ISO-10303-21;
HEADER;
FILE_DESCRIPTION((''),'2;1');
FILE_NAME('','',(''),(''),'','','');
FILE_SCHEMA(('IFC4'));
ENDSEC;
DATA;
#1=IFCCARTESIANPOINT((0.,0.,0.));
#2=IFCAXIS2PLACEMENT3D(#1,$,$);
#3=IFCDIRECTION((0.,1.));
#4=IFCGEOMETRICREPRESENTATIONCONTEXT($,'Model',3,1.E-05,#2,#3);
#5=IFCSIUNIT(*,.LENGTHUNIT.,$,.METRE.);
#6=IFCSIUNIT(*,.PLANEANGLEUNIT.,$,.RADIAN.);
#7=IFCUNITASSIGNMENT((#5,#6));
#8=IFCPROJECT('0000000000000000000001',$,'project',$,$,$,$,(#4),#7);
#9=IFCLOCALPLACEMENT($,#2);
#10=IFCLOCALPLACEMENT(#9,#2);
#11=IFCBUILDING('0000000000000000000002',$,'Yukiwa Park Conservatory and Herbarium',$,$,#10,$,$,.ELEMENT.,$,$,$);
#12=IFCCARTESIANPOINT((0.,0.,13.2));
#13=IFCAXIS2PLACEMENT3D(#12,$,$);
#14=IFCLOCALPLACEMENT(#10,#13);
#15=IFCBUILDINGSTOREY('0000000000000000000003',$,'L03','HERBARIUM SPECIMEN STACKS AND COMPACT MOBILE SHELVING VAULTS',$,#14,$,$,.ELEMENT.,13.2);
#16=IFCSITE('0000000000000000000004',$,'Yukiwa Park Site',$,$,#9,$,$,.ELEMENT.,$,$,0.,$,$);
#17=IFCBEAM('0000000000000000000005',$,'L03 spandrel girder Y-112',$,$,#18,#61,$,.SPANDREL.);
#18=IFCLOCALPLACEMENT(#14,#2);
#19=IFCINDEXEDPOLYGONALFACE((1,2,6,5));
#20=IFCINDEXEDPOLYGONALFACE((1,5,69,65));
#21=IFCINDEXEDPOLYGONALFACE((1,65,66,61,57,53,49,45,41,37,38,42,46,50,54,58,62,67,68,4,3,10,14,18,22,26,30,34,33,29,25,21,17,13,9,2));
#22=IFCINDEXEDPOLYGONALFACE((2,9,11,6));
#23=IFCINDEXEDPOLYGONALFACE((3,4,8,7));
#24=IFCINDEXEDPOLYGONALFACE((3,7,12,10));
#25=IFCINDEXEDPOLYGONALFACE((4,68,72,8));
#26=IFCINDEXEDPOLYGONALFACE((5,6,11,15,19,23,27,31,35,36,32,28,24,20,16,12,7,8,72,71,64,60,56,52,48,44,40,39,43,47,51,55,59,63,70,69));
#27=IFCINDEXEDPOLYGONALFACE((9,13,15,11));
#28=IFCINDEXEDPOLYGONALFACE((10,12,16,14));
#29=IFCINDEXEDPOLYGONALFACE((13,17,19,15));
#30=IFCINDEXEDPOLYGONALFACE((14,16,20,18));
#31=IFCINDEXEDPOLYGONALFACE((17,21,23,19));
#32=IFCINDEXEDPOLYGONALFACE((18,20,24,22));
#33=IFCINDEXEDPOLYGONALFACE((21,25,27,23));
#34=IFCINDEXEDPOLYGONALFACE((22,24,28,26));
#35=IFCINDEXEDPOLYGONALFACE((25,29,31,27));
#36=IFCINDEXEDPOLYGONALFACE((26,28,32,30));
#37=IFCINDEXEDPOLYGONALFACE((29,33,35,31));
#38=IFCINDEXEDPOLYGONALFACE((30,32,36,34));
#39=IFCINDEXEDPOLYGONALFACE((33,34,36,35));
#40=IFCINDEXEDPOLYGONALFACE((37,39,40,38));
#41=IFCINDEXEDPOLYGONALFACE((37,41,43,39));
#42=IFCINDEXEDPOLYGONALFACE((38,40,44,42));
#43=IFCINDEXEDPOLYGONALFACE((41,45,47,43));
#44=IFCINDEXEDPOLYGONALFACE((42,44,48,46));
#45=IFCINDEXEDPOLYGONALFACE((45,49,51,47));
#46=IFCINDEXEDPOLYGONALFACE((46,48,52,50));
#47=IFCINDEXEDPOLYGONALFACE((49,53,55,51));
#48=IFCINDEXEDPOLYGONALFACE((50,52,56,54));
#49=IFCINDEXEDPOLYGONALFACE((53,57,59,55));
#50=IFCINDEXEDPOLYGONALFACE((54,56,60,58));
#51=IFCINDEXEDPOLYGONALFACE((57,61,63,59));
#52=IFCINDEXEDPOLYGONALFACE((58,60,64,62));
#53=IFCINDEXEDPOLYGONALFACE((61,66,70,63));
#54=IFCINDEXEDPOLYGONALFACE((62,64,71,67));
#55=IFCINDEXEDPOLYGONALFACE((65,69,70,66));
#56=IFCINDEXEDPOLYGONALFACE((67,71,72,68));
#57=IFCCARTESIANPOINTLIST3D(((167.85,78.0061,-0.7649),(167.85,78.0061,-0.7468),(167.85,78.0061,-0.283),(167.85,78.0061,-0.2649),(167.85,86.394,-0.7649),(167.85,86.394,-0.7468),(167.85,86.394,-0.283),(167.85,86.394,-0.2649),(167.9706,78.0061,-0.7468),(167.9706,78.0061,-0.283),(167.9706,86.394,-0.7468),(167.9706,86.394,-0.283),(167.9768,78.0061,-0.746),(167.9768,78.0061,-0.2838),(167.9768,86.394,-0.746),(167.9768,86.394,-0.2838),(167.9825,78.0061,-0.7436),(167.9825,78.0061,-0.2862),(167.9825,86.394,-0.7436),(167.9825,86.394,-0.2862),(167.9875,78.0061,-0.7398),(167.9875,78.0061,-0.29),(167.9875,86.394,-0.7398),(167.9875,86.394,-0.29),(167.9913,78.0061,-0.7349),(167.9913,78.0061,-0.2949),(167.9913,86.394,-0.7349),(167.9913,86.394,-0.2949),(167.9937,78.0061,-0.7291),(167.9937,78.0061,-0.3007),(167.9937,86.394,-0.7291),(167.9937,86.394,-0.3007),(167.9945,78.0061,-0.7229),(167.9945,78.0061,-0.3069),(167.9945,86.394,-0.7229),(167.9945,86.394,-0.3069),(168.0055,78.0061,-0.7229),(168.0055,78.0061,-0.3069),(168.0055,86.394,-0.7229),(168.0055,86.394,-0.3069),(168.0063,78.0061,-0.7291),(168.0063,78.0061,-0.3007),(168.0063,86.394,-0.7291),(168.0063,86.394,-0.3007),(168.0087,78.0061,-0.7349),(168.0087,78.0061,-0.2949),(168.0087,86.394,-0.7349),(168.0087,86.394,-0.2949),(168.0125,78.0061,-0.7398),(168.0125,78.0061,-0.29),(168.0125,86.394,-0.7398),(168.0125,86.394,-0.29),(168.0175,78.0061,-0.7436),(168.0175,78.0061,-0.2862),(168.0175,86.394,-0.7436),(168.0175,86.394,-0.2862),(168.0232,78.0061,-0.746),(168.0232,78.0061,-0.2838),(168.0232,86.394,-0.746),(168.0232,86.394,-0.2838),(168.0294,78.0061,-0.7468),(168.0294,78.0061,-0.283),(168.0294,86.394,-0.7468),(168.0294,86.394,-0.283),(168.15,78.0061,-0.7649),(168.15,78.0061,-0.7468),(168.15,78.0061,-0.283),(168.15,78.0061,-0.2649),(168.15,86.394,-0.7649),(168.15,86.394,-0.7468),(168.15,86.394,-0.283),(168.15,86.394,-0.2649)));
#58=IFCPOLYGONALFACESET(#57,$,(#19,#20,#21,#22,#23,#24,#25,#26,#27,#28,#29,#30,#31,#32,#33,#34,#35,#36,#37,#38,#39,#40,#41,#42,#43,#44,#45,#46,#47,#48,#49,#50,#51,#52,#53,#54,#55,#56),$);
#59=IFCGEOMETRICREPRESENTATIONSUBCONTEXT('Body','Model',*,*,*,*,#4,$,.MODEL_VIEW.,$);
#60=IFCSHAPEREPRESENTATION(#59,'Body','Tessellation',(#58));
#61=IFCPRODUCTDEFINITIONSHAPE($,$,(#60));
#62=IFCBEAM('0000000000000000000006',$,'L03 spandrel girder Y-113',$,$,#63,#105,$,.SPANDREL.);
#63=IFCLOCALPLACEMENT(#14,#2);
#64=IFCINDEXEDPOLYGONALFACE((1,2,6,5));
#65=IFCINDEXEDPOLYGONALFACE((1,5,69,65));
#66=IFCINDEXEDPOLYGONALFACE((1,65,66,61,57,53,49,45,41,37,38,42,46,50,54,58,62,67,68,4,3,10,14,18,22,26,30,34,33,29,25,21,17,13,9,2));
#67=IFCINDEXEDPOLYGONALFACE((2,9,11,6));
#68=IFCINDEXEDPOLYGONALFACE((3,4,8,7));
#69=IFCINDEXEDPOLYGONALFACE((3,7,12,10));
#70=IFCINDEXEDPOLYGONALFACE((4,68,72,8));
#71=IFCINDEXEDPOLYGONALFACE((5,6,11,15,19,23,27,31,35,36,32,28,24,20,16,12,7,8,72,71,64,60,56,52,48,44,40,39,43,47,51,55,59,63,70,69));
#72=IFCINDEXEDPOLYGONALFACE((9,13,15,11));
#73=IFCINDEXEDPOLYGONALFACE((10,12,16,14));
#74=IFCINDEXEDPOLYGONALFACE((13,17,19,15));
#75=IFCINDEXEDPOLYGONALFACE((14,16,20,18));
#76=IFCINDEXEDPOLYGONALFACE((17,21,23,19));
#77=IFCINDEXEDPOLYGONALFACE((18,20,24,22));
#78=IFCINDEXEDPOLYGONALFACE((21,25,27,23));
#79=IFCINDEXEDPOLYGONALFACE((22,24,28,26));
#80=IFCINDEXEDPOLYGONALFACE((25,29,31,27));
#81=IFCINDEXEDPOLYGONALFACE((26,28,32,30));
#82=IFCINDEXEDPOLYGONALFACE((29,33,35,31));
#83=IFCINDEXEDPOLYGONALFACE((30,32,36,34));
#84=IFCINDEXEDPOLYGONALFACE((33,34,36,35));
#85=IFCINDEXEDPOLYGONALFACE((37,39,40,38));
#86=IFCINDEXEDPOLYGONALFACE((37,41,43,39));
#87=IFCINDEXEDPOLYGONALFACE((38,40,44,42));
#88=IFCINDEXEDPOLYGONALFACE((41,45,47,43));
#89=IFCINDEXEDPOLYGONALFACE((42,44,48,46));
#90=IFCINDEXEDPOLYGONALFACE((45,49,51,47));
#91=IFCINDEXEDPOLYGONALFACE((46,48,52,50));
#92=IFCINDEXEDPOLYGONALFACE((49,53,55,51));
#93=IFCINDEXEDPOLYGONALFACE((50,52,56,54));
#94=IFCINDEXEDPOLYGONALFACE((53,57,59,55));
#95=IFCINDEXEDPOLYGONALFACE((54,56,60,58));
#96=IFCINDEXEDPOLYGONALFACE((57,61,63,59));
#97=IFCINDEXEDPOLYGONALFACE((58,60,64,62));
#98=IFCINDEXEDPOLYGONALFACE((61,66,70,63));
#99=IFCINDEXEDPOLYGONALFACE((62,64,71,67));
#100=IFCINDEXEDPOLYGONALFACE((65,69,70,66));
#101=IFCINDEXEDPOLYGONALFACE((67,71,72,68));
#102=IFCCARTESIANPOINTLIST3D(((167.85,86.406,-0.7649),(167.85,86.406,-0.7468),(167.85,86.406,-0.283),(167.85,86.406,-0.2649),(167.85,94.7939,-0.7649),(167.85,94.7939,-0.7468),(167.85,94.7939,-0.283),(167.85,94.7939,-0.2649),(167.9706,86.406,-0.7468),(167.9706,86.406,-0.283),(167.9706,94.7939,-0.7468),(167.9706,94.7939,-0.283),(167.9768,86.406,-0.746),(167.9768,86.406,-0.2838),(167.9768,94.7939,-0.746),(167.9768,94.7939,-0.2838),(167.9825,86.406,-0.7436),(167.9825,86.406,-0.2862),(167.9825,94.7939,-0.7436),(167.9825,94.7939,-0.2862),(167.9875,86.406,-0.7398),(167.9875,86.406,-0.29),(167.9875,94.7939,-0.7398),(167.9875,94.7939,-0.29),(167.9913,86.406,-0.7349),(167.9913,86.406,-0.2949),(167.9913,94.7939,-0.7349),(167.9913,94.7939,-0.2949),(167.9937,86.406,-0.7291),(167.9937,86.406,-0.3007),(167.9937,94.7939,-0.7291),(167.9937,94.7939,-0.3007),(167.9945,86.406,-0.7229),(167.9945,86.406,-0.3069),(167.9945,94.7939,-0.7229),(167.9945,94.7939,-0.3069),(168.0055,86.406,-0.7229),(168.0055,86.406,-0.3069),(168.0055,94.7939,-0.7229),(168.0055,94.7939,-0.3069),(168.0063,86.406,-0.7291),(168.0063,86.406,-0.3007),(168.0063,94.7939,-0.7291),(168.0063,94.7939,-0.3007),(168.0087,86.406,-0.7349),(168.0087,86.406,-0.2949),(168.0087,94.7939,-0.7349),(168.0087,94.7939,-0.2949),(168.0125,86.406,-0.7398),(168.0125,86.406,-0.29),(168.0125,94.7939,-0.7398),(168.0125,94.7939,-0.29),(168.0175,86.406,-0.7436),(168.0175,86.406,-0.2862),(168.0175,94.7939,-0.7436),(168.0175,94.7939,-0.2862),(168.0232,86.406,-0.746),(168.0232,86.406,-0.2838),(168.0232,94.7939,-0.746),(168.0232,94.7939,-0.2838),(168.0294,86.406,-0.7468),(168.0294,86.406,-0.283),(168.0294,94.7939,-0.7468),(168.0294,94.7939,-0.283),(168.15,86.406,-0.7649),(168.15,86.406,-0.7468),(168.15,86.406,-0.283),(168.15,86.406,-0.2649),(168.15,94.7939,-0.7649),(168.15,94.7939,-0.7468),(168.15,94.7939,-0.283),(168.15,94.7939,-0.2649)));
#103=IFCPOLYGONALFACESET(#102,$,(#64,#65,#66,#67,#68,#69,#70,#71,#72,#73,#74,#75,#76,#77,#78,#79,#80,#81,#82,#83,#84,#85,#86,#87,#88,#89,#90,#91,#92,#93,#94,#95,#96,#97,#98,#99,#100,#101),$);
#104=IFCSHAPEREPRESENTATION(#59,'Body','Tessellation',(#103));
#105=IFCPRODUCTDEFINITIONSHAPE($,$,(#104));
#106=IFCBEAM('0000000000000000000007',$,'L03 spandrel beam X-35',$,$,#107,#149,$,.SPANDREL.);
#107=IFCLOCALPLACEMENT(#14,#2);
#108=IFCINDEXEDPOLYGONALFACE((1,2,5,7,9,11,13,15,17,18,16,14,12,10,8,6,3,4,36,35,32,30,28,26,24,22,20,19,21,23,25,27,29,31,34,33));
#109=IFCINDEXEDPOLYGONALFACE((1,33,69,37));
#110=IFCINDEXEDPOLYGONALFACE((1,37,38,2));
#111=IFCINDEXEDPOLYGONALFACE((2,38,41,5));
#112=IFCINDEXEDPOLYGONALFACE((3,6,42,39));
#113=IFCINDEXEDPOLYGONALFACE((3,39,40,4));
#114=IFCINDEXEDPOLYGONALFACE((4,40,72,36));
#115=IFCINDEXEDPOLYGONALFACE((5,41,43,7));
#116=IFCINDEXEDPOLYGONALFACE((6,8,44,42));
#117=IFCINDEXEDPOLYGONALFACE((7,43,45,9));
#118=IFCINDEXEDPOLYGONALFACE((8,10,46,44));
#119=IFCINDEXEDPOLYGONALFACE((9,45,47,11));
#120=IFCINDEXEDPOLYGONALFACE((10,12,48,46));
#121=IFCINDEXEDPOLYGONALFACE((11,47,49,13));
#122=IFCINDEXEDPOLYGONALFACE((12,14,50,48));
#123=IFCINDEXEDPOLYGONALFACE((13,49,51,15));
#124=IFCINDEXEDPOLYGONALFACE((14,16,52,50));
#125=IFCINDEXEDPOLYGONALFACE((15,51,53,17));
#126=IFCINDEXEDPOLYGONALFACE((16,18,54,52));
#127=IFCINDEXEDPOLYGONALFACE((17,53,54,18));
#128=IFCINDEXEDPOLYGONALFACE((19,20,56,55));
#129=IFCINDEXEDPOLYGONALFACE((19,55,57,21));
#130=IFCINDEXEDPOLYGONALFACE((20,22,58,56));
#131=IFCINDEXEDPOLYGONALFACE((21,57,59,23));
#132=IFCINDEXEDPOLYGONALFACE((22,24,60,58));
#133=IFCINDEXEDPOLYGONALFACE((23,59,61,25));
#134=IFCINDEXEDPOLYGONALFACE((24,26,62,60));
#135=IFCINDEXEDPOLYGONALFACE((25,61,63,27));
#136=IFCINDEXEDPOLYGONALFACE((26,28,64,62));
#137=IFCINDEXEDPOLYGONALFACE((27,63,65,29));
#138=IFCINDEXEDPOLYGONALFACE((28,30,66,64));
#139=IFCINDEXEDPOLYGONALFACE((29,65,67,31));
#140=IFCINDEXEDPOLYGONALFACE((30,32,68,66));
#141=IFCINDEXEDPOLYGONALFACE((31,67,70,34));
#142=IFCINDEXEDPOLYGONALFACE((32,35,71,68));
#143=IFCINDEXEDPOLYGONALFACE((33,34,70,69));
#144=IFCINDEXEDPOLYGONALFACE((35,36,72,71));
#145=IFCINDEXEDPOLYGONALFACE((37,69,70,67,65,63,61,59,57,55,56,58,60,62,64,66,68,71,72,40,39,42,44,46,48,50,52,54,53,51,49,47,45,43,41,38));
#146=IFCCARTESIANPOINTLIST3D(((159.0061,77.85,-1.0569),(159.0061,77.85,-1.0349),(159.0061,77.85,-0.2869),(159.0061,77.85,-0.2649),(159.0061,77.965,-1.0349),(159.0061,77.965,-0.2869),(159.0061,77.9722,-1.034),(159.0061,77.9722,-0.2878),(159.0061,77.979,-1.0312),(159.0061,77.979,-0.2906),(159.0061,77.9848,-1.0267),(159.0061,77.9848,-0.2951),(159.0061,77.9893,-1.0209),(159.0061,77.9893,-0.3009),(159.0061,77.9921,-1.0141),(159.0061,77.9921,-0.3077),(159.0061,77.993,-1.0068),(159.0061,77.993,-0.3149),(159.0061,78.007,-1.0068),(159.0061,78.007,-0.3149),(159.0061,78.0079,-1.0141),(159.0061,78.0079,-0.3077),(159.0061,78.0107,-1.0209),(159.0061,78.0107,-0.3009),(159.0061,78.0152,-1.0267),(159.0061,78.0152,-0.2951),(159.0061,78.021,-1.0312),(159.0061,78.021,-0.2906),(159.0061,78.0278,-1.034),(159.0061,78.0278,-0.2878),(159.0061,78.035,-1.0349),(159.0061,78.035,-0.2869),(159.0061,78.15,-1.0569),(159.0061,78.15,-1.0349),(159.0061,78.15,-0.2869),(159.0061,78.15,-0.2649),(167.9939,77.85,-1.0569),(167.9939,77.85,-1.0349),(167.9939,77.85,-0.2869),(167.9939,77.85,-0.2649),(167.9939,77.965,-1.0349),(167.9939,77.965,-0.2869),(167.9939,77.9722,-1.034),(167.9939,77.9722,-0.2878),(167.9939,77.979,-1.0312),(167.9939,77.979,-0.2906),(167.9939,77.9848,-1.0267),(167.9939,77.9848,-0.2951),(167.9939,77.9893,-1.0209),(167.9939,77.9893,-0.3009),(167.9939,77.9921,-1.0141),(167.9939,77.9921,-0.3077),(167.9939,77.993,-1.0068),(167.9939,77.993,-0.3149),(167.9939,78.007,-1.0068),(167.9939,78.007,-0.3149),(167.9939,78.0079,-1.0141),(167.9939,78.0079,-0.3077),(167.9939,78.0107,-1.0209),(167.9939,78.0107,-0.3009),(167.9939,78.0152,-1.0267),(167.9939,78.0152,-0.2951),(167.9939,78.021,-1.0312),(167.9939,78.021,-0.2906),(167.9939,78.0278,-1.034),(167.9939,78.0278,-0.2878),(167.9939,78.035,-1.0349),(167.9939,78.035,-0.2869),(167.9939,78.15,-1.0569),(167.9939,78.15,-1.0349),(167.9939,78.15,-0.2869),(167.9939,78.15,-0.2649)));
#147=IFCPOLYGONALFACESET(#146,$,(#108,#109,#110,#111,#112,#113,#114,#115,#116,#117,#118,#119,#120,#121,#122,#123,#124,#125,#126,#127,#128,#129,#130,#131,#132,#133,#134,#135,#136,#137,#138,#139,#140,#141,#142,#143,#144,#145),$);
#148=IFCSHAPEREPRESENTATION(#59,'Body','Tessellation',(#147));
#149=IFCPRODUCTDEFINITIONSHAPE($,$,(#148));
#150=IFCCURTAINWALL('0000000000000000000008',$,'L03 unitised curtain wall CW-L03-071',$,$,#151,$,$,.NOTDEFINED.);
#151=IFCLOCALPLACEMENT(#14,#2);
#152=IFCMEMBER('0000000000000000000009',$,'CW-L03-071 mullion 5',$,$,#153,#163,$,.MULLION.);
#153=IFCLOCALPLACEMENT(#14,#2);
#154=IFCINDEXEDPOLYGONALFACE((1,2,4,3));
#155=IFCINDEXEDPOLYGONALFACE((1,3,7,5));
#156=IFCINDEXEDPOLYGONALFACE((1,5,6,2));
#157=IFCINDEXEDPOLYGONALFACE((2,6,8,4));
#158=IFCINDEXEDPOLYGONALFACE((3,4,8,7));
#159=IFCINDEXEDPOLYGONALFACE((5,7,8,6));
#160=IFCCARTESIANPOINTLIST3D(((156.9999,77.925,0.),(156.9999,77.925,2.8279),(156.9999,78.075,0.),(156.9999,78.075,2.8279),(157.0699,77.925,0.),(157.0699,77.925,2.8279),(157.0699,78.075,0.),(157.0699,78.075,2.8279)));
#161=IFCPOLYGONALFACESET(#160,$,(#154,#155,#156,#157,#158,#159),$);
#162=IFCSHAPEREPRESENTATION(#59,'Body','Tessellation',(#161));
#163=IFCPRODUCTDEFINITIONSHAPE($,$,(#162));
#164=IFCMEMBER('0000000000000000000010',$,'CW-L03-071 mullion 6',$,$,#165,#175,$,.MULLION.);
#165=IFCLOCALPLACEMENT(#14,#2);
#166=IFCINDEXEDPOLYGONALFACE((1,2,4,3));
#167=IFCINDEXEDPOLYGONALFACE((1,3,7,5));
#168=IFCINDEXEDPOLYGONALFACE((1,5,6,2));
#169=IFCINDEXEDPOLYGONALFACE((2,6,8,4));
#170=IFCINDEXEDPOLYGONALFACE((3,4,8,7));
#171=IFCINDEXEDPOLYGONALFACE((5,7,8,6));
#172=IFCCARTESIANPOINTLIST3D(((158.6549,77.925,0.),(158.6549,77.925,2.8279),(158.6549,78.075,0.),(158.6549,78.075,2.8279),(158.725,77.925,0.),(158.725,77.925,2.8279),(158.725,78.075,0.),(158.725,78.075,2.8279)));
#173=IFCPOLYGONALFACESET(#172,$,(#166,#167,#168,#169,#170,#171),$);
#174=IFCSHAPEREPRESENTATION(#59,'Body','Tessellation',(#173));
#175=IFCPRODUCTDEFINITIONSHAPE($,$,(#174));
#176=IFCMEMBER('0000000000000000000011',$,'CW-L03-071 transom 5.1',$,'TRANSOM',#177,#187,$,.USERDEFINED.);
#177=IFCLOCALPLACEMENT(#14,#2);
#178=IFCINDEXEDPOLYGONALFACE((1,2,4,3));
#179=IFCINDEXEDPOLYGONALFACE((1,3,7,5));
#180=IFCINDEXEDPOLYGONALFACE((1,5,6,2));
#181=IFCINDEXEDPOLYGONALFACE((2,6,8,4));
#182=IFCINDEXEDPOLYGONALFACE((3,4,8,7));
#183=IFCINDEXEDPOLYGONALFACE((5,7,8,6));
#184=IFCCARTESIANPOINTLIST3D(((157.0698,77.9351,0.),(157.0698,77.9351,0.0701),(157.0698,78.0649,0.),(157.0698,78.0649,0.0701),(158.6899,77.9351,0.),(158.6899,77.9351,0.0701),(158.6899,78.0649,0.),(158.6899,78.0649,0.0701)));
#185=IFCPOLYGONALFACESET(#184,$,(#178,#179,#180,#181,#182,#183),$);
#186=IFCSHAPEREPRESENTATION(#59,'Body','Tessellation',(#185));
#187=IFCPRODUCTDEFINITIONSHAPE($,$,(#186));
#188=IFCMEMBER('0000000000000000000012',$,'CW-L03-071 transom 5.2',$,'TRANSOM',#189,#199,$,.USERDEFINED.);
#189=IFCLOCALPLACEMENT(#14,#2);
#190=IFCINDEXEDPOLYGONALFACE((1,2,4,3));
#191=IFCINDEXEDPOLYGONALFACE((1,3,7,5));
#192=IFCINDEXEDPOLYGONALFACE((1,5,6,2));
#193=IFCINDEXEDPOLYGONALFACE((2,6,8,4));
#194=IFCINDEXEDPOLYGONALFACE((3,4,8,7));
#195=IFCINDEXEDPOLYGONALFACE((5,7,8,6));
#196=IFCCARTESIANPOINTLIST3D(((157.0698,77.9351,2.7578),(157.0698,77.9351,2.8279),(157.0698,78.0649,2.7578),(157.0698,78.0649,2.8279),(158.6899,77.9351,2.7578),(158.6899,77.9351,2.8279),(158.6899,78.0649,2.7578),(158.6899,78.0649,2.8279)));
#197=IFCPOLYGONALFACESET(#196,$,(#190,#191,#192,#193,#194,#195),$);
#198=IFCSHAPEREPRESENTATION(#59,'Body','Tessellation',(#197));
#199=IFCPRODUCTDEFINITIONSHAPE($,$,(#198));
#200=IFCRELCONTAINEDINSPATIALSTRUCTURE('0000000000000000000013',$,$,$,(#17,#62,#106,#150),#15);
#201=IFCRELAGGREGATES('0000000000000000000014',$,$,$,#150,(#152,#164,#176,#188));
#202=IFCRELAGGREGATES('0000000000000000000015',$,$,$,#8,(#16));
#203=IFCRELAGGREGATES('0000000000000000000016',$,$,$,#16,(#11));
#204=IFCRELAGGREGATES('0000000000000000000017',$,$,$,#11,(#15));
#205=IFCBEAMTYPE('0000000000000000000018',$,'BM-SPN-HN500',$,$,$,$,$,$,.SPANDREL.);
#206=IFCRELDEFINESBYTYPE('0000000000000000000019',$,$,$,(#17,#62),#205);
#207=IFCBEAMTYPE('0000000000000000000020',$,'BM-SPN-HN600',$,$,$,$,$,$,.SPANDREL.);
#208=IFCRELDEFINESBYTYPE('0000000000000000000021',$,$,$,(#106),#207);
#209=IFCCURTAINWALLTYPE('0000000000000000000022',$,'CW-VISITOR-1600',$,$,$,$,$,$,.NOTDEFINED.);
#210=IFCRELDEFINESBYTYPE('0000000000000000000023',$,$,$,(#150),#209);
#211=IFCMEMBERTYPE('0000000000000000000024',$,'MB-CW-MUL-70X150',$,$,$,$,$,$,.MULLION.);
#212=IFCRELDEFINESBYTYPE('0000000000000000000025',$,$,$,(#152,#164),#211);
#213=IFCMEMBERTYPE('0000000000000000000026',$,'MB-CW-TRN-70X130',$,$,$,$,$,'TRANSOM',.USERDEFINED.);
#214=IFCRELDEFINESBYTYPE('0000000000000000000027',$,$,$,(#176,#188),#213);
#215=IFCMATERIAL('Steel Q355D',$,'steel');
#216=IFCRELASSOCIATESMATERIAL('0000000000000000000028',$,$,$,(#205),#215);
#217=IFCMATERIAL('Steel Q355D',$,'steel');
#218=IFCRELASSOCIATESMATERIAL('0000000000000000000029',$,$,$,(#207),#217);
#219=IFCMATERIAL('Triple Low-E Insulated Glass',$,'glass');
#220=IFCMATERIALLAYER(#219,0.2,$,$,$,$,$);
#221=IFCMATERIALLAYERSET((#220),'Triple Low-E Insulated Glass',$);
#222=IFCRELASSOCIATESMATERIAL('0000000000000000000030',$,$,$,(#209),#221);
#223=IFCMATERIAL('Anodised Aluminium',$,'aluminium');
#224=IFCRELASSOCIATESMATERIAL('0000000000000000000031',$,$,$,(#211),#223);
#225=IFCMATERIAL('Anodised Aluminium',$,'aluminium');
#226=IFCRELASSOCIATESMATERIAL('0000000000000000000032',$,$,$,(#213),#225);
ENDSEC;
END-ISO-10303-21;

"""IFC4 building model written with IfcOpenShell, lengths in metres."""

from ifc_helpers import new_model, si_unit, direction, frame, origin, origin_2d, place, context, subcontext, project, spatial, rectangle, i_section, extrude, material, layer, layer_set, material_profile, profile_set, type_object, element, aggregate, save


model = new_model("IFC4")

# Units and contexts
model_context = context("Model", 3, precision=1e-05, world=origin(), true_north=direction((0.0, 1.0)))
body_context = subcontext(model_context, "Body", "Model", "MODEL_VIEW")
ifc_project = project(units=[si_unit("LENGTHUNIT", "METRE"), si_unit("PLANEANGLEUNIT", "RADIAN")], contexts=[model_context])

# Site, building, storey
site_placement = place(None, origin())
site = spatial("IfcSite", under=ifc_project, at=site_placement, Name="Yukiwa Park Site", CompositionType="ELEMENT", RefElevation=0.0)
building_placement = place(site_placement, origin())
building = spatial("IfcBuilding", under=site, at=building_placement, Name="Yukiwa Park Conservatory and Herbarium", CompositionType="ELEMENT")
storey_placement = place(building_placement, frame((0.0, 0.0, 13.2)))
storey = spatial("IfcBuildingStorey", under=building, at=storey_placement, Name="L03", Description="HERBARIUM SPECIMEN STACKS AND COMPACT MOBILE SHELVING VAULTS", CompositionType="ELEMENT", Elevation=13.2)

# Beams
ifc_material_1 = material(Name="Steel Q355D", Category="steel")
ifc_material_profile_1 = material_profile(ifc_material_1, i_section(OverallWidth=0.3, OverallDepth=0.5, WebThickness=0.011, FlangeThickness=0.0181, FilletRadius=0.0239, at=origin_2d()), Name="HM 500x300x11x18")
ifc_profile_set_1 = profile_set([ifc_material_profile_1], Name="Steel Q355D")
beam_type_1 = type_object("IfcBeamType", Name="BM-SPN-HN500", PredefinedType="SPANDREL", material=ifc_profile_set_1)
for number, where, z_axis, x_axis, name in (
    (1, (168.0, 78.0061, -0.5149), (0.0, 1.0, 0.0), (-1.0, 0.0, 0.0), "L03 spandrel girder Y-112"),
    (2, (168.0, 86.406, -0.5149), (0.0, 1.0, 0.0), (-1.0, 0.0, 0.0), "L03 spandrel girder Y-113"),
):
    element("IfcBeam", number, at=place(storey_placement, frame(where, z_axis=z_axis, x_axis=x_axis)), inside=storey, type_object=beam_type_1, Name=name, PredefinedType="SPANDREL", context=body_context, shape_type="SweptSolid", body=[
        extrude(i_section(OverallWidth=0.3, OverallDepth=0.5, WebThickness=0.011, FlangeThickness=0.0181, FilletRadius=0.0239, at=origin_2d()), origin(), (0.0, 0.0, 1.0), 8.3879),
    ])
ifc_material_2 = material(Name="Steel Q355D", Category="steel")
ifc_material_profile_2 = material_profile(ifc_material_2, i_section(OverallWidth=0.3, OverallDepth=0.792, WebThickness=0.0139, FlangeThickness=0.022, FilletRadius=0.0281, at=origin_2d()), Name="HN 792x300x14x22")
ifc_profile_set_2 = profile_set([ifc_material_profile_2], Name="Steel Q355D")
beam_type_2 = type_object("IfcBeamType", Name="BM-SPN-HN600", PredefinedType="SPANDREL", material=ifc_profile_set_2)
beam_1_placement = place(storey_placement, frame((159.0061, 78.0, -0.6609), z_axis=(1.0, 0.0, 0.0), x_axis=(0.0, 1.0, 0.0)))
element("IfcBeam", 3, at=beam_1_placement, inside=storey, type_object=beam_type_2, Name="L03 spandrel beam X-35", PredefinedType="SPANDREL", context=body_context, shape_type="SweptSolid", body=[
    extrude(i_section(OverallWidth=0.3, OverallDepth=0.792, WebThickness=0.0139, FlangeThickness=0.022, FilletRadius=0.0281, at=origin_2d()), origin(), (0.0, 0.0, 1.0), 8.9878),
])

# Curtain wall, members
ifc_material_3 = material(Name="Triple Low-E Insulated Glass", Category="glass")
ifc_layer_1 = layer(ifc_material_3, 0.2)
ifc_layer_set_1 = layer_set([ifc_layer_1], Name="Triple Low-E Insulated Glass")
curtain_wall_type = type_object("IfcCurtainWallType", Name="CW-VISITOR-1600", PredefinedType="NOTDEFINED", material=ifc_layer_set_1)
curtain_wall_placement = place(storey_placement, origin())
curtain_wall = element("IfcCurtainWall", 4, at=curtain_wall_placement, inside=storey, type_object=curtain_wall_type, Name="L03 unitised curtain wall CW-L03-071", PredefinedType="NOTDEFINED")
ifc_material_4 = material(Name="Anodised Aluminium", Category="aluminium")
member_type_1 = type_object("IfcMemberType", Name="MB-CW-MUL-70X150", PredefinedType="MULLION", material=ifc_material_4)
member_1_placement = place(storey_placement, frame((157.0349, 78.0, 0.0), z_axis=(0.0, 0.0, 1.0), x_axis=(1.0, 0.0, 0.0)))
member_1 = element("IfcMember", 5, at=member_1_placement, type_object=member_type_1, Name="CW-L03-071 mullion 5", PredefinedType="MULLION", context=body_context, shape_type="SweptSolid", body=[
    extrude(rectangle(XDim=0.0701, YDim=0.1499, at=origin_2d()), origin(), (0.0, 0.0, 1.0), 2.8279),
])
member_2_placement = place(storey_placement, frame((158.6899, 78.0, 0.0), z_axis=(0.0, 0.0, 1.0), x_axis=(1.0, 0.0, 0.0)))
member_2 = element("IfcMember", 6, at=member_2_placement, type_object=member_type_1, Name="CW-L03-071 mullion 6", PredefinedType="MULLION", context=body_context, shape_type="SweptSolid", body=[
    extrude(rectangle(XDim=0.0701, YDim=0.1499, at=origin_2d()), origin(), (0.0, 0.0, 1.0), 2.8279),
])
ifc_material_5 = material(Name="Anodised Aluminium", Category="aluminium")
member_type_2 = type_object("IfcMemberType", Name="MB-CW-TRN-70X130", ElementType="TRANSOM", PredefinedType="USERDEFINED", material=ifc_material_5)
member_3_placement = place(storey_placement, frame((157.8799, 78.0, 0.0), z_axis=(0.0, 0.0, 1.0), x_axis=(1.0, 0.0, 0.0)))
member_3 = element("IfcMember", 7, at=member_3_placement, type_object=member_type_2, Name="CW-L03-071 transom 5.1", ObjectType="TRANSOM", PredefinedType="USERDEFINED", context=body_context, shape_type="SweptSolid", body=[
    extrude(rectangle(XDim=1.6201, YDim=0.1299, at=origin_2d()), origin(), (0.0, 0.0, 1.0), 0.0701),
])
member_4_placement = place(storey_placement, frame((157.8799, 78.0, 2.7578), z_axis=(0.0, 0.0, 1.0), x_axis=(1.0, 0.0, 0.0)))
member_4 = element("IfcMember", 8, at=member_4_placement, type_object=member_type_2, Name="CW-L03-071 transom 5.2", ObjectType="TRANSOM", PredefinedType="USERDEFINED", context=body_context, shape_type="SweptSolid", body=[
    extrude(rectangle(XDim=1.6201, YDim=0.1299, at=origin_2d()), origin(), (0.0, 0.0, 1.0), 0.0701),
])
aggregate(curtain_wall, [member_1, member_2, member_3, member_4])

save(model, "model.ifc")
